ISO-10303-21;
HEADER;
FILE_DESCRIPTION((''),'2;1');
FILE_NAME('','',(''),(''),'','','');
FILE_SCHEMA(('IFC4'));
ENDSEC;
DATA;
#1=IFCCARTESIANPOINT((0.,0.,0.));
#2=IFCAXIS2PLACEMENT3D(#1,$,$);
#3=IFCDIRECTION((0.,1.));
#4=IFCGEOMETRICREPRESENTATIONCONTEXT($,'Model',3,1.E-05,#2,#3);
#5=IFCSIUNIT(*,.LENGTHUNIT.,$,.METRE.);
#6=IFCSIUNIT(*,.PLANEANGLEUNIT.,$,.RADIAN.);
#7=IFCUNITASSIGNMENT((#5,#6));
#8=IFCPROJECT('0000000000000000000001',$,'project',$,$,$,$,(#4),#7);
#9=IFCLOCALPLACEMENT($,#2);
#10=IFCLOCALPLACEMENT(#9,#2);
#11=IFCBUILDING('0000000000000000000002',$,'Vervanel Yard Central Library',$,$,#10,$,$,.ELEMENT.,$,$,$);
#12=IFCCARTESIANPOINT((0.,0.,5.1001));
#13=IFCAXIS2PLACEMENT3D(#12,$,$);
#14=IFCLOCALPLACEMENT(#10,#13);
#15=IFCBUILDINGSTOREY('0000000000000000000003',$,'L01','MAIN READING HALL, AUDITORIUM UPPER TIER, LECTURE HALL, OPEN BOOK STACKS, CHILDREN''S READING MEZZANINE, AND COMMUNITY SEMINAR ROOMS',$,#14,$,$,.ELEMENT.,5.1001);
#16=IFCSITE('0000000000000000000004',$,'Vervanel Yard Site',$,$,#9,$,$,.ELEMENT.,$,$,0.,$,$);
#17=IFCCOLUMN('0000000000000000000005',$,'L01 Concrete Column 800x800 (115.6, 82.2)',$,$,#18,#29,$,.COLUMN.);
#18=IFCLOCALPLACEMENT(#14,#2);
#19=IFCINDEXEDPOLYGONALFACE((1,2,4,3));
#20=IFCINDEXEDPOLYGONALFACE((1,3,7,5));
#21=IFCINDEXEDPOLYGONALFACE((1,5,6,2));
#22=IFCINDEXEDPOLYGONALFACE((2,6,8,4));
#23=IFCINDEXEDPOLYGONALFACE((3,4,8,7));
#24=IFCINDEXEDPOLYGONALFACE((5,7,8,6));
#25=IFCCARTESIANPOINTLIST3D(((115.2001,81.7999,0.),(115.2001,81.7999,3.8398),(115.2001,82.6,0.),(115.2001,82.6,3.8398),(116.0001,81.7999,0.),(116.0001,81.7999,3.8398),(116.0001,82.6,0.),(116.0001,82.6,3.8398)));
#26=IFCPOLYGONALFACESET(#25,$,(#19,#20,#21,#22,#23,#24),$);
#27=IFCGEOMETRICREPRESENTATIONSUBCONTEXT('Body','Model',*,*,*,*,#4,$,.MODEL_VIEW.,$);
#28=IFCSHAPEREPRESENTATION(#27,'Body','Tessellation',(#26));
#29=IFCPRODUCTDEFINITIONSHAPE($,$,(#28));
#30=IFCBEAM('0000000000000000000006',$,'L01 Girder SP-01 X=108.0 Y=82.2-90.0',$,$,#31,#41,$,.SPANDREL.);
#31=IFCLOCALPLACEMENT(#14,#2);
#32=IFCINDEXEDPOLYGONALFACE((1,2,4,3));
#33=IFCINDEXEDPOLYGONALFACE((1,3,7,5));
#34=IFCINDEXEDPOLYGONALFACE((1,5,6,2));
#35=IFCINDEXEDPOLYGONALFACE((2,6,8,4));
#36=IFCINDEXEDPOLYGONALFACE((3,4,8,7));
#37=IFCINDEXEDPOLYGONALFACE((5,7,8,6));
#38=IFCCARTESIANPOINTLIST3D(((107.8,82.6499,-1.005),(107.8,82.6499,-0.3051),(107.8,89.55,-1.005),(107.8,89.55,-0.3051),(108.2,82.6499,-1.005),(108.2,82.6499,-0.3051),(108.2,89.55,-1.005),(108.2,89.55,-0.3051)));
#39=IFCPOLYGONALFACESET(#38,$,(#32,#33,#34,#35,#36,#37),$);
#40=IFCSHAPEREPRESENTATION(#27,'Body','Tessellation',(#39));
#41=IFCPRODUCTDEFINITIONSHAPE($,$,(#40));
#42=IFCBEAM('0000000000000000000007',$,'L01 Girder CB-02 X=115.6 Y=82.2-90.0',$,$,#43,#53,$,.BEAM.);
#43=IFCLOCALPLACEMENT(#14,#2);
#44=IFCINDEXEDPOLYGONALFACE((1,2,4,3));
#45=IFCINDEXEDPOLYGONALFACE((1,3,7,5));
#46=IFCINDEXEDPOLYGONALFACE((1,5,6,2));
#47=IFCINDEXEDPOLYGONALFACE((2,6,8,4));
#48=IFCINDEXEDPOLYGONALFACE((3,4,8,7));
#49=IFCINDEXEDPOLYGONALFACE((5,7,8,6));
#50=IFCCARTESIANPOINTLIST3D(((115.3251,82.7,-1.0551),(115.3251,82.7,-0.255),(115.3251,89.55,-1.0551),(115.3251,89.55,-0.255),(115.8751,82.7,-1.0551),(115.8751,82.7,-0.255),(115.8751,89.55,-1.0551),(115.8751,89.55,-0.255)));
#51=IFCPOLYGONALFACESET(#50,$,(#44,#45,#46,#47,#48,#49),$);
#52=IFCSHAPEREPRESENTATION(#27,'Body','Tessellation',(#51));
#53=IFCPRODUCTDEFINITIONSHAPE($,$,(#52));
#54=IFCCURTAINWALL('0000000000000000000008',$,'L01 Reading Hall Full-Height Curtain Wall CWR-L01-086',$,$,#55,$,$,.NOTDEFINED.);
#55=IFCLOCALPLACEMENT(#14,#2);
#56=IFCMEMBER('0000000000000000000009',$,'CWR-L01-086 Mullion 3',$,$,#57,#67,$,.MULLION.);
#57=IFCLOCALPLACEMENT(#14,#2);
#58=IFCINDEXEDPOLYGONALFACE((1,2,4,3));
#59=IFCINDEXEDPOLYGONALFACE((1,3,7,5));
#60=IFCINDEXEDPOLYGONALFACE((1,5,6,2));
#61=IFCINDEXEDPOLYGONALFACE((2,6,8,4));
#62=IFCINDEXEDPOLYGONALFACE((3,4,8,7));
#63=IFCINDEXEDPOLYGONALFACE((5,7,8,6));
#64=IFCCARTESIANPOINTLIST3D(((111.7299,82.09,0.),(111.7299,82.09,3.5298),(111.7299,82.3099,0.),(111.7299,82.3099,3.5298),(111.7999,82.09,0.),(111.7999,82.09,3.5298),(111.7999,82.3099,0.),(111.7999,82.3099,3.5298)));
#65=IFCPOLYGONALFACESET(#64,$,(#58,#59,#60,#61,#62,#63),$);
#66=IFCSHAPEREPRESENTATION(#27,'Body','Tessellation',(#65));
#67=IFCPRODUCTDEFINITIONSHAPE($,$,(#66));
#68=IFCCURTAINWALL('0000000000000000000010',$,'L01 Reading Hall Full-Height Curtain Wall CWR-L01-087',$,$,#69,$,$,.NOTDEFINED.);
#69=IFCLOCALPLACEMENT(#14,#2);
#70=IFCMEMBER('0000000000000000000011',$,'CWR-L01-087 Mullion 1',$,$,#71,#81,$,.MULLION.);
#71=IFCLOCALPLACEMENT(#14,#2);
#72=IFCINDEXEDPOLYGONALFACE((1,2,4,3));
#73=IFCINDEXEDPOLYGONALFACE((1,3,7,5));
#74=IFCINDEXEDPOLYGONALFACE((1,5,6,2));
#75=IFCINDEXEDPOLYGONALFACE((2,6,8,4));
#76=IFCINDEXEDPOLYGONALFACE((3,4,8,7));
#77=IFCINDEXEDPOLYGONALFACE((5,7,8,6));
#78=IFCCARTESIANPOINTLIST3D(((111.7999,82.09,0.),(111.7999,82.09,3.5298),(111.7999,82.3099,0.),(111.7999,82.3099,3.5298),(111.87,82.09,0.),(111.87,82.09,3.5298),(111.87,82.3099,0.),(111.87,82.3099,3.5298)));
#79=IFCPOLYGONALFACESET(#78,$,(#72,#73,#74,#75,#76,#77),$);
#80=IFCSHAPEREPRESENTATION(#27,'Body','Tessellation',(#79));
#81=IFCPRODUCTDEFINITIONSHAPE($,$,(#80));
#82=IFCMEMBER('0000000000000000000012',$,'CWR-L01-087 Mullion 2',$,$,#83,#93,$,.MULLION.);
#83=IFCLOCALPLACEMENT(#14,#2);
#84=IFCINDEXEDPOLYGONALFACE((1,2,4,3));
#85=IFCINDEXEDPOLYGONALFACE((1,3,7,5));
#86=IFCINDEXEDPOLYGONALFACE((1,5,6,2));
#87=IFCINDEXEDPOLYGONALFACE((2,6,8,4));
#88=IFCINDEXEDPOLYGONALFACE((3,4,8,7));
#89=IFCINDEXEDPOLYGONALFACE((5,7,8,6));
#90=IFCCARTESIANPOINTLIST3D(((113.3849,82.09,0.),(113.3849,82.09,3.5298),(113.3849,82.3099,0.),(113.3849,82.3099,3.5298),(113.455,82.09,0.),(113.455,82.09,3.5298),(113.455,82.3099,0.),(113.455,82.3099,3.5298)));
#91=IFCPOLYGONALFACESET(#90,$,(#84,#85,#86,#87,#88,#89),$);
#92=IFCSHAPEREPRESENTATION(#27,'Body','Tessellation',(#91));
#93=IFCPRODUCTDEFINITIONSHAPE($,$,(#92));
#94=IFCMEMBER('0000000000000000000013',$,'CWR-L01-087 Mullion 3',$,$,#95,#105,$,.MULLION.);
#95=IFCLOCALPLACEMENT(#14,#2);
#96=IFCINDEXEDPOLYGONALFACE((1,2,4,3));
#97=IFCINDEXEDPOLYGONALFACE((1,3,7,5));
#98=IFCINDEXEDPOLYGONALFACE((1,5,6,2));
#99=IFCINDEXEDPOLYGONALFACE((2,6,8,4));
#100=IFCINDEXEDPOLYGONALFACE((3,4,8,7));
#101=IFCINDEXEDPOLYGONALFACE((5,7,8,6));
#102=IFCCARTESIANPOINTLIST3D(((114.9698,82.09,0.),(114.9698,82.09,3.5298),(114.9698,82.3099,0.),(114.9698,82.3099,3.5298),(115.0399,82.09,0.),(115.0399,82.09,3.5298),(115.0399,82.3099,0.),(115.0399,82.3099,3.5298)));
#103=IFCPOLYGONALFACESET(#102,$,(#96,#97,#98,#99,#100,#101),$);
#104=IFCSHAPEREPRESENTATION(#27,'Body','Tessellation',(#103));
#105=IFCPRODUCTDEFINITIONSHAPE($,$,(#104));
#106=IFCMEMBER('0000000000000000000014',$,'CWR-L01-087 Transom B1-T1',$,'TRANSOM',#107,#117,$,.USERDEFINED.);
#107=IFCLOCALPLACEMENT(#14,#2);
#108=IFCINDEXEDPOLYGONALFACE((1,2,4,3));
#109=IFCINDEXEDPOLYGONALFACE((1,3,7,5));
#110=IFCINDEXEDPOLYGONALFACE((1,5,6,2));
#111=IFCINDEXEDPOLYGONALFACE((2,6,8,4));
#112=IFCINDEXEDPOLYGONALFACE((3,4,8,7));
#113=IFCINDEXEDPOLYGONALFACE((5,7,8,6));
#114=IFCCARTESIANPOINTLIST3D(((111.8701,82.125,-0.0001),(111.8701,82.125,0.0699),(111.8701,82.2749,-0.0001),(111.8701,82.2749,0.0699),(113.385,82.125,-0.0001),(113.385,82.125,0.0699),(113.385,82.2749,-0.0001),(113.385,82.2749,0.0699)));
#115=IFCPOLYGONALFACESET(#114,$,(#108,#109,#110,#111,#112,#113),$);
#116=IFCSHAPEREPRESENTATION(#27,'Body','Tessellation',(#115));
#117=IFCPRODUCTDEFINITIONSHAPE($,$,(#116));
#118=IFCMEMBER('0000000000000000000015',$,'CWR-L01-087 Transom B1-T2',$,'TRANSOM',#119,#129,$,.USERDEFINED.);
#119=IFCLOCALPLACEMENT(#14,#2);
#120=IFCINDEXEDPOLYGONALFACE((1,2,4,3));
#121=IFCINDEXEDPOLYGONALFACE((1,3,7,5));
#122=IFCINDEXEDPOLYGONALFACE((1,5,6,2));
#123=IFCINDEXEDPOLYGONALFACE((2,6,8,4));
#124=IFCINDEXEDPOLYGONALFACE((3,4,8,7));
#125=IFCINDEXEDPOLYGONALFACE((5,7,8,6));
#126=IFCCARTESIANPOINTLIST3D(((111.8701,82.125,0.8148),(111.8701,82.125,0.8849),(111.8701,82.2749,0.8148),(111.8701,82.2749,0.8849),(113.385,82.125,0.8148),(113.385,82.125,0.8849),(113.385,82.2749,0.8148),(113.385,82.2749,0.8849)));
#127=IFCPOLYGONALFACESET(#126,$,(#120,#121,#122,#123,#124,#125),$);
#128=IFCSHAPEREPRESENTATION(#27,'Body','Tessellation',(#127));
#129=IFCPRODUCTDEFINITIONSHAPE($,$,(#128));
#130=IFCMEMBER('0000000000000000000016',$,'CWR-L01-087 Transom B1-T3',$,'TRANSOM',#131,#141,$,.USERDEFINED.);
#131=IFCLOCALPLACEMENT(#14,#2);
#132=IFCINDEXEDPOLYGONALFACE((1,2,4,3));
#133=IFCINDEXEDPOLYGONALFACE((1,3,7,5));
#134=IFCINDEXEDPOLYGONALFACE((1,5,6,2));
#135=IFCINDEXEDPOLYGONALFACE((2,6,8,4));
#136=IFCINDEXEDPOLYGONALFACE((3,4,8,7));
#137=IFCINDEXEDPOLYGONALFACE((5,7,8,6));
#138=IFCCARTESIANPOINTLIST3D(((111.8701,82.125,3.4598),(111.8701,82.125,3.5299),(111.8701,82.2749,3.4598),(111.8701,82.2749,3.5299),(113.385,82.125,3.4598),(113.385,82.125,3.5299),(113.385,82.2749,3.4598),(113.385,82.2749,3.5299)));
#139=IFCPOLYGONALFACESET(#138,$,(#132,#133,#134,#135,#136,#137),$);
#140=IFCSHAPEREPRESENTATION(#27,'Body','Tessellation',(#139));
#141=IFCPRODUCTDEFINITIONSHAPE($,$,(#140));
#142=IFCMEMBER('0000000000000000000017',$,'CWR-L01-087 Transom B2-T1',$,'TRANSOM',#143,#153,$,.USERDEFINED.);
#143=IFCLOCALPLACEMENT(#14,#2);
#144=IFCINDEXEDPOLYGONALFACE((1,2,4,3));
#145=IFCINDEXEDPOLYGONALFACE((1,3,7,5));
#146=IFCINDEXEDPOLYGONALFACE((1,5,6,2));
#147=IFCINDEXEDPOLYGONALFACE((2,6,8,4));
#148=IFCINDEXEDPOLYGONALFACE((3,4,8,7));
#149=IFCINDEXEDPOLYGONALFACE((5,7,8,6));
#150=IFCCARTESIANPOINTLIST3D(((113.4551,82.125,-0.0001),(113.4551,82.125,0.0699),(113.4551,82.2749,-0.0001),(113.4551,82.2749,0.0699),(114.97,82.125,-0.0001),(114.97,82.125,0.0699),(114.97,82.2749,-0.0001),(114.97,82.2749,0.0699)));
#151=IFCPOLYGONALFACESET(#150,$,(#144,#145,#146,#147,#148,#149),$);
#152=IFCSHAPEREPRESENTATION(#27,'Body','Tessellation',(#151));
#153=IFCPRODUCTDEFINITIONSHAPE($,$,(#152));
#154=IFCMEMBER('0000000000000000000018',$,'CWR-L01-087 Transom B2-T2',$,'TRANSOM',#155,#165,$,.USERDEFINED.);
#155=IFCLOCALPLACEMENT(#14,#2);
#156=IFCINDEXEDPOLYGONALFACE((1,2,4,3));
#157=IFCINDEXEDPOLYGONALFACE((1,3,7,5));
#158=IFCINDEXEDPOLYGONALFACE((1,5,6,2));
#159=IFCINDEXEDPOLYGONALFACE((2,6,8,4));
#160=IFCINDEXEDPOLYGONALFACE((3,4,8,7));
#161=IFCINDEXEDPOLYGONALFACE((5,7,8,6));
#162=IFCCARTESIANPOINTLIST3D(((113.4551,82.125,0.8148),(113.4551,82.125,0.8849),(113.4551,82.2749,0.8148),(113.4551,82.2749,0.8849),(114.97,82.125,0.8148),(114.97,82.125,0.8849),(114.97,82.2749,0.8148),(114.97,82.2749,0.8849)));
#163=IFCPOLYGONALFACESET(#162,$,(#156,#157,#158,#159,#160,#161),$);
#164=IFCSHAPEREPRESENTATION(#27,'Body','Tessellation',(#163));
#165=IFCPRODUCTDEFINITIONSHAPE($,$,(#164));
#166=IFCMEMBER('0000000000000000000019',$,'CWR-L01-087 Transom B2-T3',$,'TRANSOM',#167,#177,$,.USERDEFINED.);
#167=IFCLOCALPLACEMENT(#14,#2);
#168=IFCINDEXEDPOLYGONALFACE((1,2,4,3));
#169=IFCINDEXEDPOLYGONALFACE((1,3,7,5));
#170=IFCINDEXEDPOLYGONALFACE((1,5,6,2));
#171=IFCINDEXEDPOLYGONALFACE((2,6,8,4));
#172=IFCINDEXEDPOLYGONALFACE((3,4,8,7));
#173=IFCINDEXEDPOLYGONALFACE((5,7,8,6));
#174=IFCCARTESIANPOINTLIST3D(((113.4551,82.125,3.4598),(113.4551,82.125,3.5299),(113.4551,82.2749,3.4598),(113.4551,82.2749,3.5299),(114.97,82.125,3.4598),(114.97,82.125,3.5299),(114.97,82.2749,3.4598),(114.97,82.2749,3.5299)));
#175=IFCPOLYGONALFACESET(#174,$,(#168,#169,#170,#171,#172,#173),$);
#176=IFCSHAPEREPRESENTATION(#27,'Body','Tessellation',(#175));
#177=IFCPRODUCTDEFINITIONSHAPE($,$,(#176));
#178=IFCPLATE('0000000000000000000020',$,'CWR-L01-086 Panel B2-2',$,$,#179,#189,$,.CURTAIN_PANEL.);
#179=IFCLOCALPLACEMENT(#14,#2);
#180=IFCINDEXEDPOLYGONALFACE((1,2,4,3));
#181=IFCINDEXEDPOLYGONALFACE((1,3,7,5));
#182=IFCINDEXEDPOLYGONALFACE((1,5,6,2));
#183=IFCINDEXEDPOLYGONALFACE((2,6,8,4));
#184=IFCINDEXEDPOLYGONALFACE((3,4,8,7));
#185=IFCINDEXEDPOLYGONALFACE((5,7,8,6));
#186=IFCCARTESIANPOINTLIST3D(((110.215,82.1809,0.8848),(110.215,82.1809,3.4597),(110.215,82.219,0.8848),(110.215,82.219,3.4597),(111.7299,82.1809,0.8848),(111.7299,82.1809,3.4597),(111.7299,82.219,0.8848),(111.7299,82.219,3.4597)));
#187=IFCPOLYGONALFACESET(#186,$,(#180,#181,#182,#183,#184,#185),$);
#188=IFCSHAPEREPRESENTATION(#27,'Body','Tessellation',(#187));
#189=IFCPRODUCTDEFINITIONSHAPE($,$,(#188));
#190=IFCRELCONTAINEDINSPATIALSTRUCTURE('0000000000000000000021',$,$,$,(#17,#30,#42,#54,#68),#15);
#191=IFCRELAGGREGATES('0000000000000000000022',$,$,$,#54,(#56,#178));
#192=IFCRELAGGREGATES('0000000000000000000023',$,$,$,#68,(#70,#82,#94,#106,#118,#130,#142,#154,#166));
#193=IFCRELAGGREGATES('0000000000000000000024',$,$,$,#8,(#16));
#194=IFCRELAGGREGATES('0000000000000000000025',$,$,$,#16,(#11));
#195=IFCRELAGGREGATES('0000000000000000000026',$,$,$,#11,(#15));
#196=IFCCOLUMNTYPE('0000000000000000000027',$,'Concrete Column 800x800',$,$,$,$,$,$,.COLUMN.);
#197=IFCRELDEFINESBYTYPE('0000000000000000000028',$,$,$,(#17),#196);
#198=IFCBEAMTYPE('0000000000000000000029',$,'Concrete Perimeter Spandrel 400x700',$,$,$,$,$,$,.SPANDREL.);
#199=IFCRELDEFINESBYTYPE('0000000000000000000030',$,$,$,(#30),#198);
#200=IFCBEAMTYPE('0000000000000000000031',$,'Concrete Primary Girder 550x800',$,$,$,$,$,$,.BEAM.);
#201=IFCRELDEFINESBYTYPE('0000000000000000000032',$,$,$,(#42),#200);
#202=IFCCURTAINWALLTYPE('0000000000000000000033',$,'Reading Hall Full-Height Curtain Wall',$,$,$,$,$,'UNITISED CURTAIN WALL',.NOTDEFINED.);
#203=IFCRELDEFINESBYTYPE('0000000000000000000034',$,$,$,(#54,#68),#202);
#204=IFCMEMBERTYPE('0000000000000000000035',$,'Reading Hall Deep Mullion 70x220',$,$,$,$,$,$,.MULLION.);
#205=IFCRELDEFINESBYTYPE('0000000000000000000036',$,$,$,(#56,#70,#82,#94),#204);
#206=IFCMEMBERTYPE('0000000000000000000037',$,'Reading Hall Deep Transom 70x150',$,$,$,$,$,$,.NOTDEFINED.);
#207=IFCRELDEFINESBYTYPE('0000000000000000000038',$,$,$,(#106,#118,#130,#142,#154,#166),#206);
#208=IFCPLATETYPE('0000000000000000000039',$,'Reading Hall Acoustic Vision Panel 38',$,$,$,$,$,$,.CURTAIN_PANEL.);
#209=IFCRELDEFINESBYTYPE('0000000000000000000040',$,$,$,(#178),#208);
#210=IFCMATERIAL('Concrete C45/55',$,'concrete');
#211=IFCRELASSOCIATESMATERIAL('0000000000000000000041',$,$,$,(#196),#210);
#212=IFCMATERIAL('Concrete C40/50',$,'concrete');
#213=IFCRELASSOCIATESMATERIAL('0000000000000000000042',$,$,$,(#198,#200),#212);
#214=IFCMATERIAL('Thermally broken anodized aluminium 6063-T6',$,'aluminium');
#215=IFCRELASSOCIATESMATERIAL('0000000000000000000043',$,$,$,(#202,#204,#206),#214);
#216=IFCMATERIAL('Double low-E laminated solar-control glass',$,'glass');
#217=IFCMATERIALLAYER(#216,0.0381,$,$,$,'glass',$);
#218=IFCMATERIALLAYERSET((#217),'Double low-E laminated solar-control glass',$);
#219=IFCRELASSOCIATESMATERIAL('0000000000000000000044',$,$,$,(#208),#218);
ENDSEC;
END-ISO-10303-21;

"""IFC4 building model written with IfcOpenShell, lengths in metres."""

from ifc_helpers import new_model, si_unit, direction, frame, origin, origin_2d, place, context, subcontext, project, spatial, rectangle, extrude, material, layer, layer_set, material_profile, profile_set, type_object, element, aggregate, save


model = new_model("IFC4")

# Units and contexts
model_context = context("Model", 3, precision=1e-05, world=origin(), true_north=direction((0.0, 1.0)))
body_context = subcontext(model_context, "Body", "Model", "MODEL_VIEW")
ifc_project = project(units=[si_unit("LENGTHUNIT", "METRE"), si_unit("PLANEANGLEUNIT", "RADIAN")], contexts=[model_context])

# Site, building, storey
site_placement = place(None, origin())
site = spatial("IfcSite", under=ifc_project, at=site_placement, Name="Vervanel Yard Site", CompositionType="ELEMENT", RefElevation=0.0)
building_placement = place(site_placement, origin())
building = spatial("IfcBuilding", under=site, at=building_placement, Name="Vervanel Yard Central Library", CompositionType="ELEMENT")
storey_placement = place(building_placement, frame((0.0, 0.0, 5.1001)))
storey = spatial("IfcBuildingStorey", under=building, at=storey_placement, Name="L01", Description="MAIN READING HALL, AUDITORIUM UPPER TIER, LECTURE HALL, OPEN BOOK STACKS, CHILDREN'S READING MEZZANINE, AND COMMUNITY SEMINAR ROOMS", CompositionType="ELEMENT", Elevation=5.1001)

# Column
ifc_material_1 = material(Name="Concrete C45/55", Category="concrete")
ifc_material_profile_1 = material_profile(ifc_material_1, rectangle(XDim=0.8, YDim=0.8, at=origin_2d()), Name="RC 800x800", Category="concrete")
ifc_profile_set_1 = profile_set([ifc_material_profile_1], Name="Concrete C45/55")
column_type = type_object("IfcColumnType", Name="Concrete Column 800x800", PredefinedType="COLUMN", material=ifc_profile_set_1)
column_placement = place(storey_placement, frame((115.6001, 82.2, 0.0), z_axis=(0.0, 0.0, 1.0), x_axis=(1.0, 0.0, 0.0)))
element("IfcColumn", 1, at=column_placement, inside=storey, type_object=column_type, Name="L01 Concrete Column 800x800 (115.6, 82.2)", PredefinedType="COLUMN", context=body_context, shape_type="SweptSolid", body=[
    extrude(rectangle(XDim=0.8, YDim=0.8, at=origin_2d()), origin(), (0.0, 0.0, 1.0), 3.8398),
])

# Beams
ifc_material_2 = material(Name="Concrete C40/50", Category="concrete")
ifc_material_profile_2 = material_profile(ifc_material_2, rectangle(XDim=0.3999, YDim=0.7, at=origin_2d()), Name="RC 400x700", Category="concrete")
ifc_profile_set_2 = profile_set([ifc_material_profile_2], Name="Concrete C40/50")
beam_type_1 = type_object("IfcBeamType", Name="Concrete Perimeter Spandrel 400x700", PredefinedType="SPANDREL", material=ifc_profile_set_2)
beam_1_placement = place(storey_placement, frame((108.0, 82.6499, -0.655), z_axis=(0.0, 1.0, 0.0), x_axis=(-1.0, 0.0, 0.0)))
element("IfcBeam", 2, at=beam_1_placement, inside=storey, type_object=beam_type_1, Name="L01 Girder SP-01 X=108.0 Y=82.2-90.0", PredefinedType="SPANDREL", context=body_context, shape_type="SweptSolid", body=[
    extrude(rectangle(XDim=0.3999, YDim=0.7, at=origin_2d()), origin(), (0.0, 0.0, 1.0), 6.9001),
])
ifc_material_profile_3 = material_profile(ifc_material_2, rectangle(XDim=0.55, YDim=0.8, at=origin_2d()), Name="RC 550x800", Category="concrete")
ifc_profile_set_3 = profile_set([ifc_material_profile_3], Name="Concrete C40/50")
beam_type_2 = type_object("IfcBeamType", Name="Concrete Primary Girder 550x800", PredefinedType="BEAM", material=ifc_profile_set_3)
beam_2_placement = place(storey_placement, frame((115.6001, 82.7, -0.655), z_axis=(0.0, 1.0, 0.0), x_axis=(-1.0, 0.0, 0.0)))
element("IfcBeam", 3, at=beam_2_placement, inside=storey, type_object=beam_type_2, Name="L01 Girder CB-02 X=115.6 Y=82.2-90.0", PredefinedType="BEAM", context=body_context, shape_type="SweptSolid", body=[
    extrude(rectangle(XDim=0.55, YDim=0.8, at=origin_2d()), origin(), (0.0, 0.0, 1.0), 6.8501),
])

# Curtain wall, member
ifc_material_3 = material(Name="Thermally broken anodized aluminium 6063-T6", Category="aluminium")
curtain_wall_type = type_object("IfcCurtainWallType", Name="Reading Hall Full-Height Curtain Wall", ElementType="UNITISED CURTAIN WALL", PredefinedType="NOTDEFINED", material=ifc_material_3)
curtain_wall_1_placement = place(storey_placement, origin())
curtain_wall_1 = element("IfcCurtainWall", 4, at=curtain_wall_1_placement, inside=storey, type_object=curtain_wall_type, Name="L01 Reading Hall Full-Height Curtain Wall CWR-L01-086", PredefinedType="NOTDEFINED")
ifc_material_profile_4 = material_profile(ifc_material_3, rectangle(XDim=0.0701, YDim=0.22, at=origin_2d()), Name="ALU 70x220", Category="aluminium")
ifc_profile_set_4 = profile_set([ifc_material_profile_4], Name="Thermally broken anodized aluminium 6063-T6")
member_type_1 = type_object("IfcMemberType", Name="Reading Hall Deep Mullion 70x220", PredefinedType="MULLION", material=ifc_profile_set_4)
member_1_placement = place(storey_placement, frame((111.7649, 82.2, 0.0), z_axis=(0.0, 0.0, 1.0), x_axis=(1.0, 0.0, 0.0)))
member_1 = element("IfcMember", 5, at=member_1_placement, type_object=member_type_1, Name="CWR-L01-086 Mullion 3", PredefinedType="MULLION", context=body_context, shape_type="SweptSolid", body=[
    extrude(rectangle(XDim=0.0701, YDim=0.22, at=origin_2d()), origin(), (0.0, 0.0, 1.0), 3.5298),
])

# Curtain wall, members
curtain_wall_2_placement = place(storey_placement, origin())
curtain_wall_2 = element("IfcCurtainWall", 6, at=curtain_wall_2_placement, inside=storey, type_object=curtain_wall_type, Name="L01 Reading Hall Full-Height Curtain Wall CWR-L01-087", PredefinedType="NOTDEFINED")
member_2_placement = place(storey_placement, frame((111.835, 82.2, 0.0), z_axis=(0.0, 0.0, 1.0), x_axis=(1.0, 0.0, 0.0)))
member_2 = element("IfcMember", 7, at=member_2_placement, type_object=member_type_1, Name="CWR-L01-087 Mullion 1", PredefinedType="MULLION", context=body_context, shape_type="SweptSolid", body=[
    extrude(rectangle(XDim=0.0701, YDim=0.22, at=origin_2d()), origin(), (0.0, 0.0, 1.0), 3.5298),
])
member_3_placement = place(storey_placement, frame((113.4199, 82.2, 0.0), z_axis=(0.0, 0.0, 1.0), x_axis=(1.0, 0.0, 0.0)))
member_3 = element("IfcMember", 8, at=member_3_placement, type_object=member_type_1, Name="CWR-L01-087 Mullion 2", PredefinedType="MULLION", context=body_context, shape_type="SweptSolid", body=[
    extrude(rectangle(XDim=0.0701, YDim=0.22, at=origin_2d()), origin(), (0.0, 0.0, 1.0), 3.5298),
])
member_4_placement = place(storey_placement, frame((115.0049, 82.2, 0.0), z_axis=(0.0, 0.0, 1.0), x_axis=(1.0, 0.0, 0.0)))
member_4 = element("IfcMember", 9, at=member_4_placement, type_object=member_type_1, Name="CWR-L01-087 Mullion 3", PredefinedType="MULLION", context=body_context, shape_type="SweptSolid", body=[
    extrude(rectangle(XDim=0.0701, YDim=0.22, at=origin_2d()), origin(), (0.0, 0.0, 1.0), 3.5298),
])
ifc_material_profile_5 = material_profile(ifc_material_3, rectangle(XDim=0.0701, YDim=0.1499, at=origin_2d()), Name="ALU 70x150", Category="aluminium")
ifc_profile_set_5 = profile_set([ifc_material_profile_5], Name="Thermally broken anodized aluminium 6063-T6")
member_type_2 = type_object("IfcMemberType", Name="Reading Hall Deep Transom 70x150", PredefinedType="NOTDEFINED", material=ifc_profile_set_5)
member_5_placement = place(storey_placement, frame((111.8701, 82.2, 0.0349), z_axis=(1.0, 0.0, 0.0), x_axis=(0.0, 0.0, 1.0)))
member_5 = element("IfcMember", 10, at=member_5_placement, type_object=member_type_2, Name="CWR-L01-087 Transom B1-T1", ObjectType="TRANSOM", PredefinedType="USERDEFINED", context=body_context, shape_type="SweptSolid", body=[
    extrude(rectangle(XDim=0.0701, YDim=0.1499, at=origin_2d()), origin(), (0.0, 0.0, 1.0), 1.5149),
])
member_6_placement = place(storey_placement, frame((111.8701, 82.2, 0.8499), z_axis=(1.0, 0.0, 0.0), x_axis=(0.0, 0.0, 1.0)))
member_6 = element("IfcMember", 11, at=member_6_placement, type_object=member_type_2, Name="CWR-L01-087 Transom B1-T2", ObjectType="TRANSOM", PredefinedType="USERDEFINED", context=body_context, shape_type="SweptSolid", body=[
    extrude(rectangle(XDim=0.0701, YDim=0.1499, at=origin_2d()), origin(), (0.0, 0.0, 1.0), 1.5149),
])
member_7_placement = place(storey_placement, frame((111.8701, 82.2, 3.4949), z_axis=(1.0, 0.0, 0.0), x_axis=(0.0, 0.0, 1.0)))
member_7 = element("IfcMember", 12, at=member_7_placement, type_object=member_type_2, Name="CWR-L01-087 Transom B1-T3", ObjectType="TRANSOM", PredefinedType="USERDEFINED", context=body_context, shape_type="SweptSolid", body=[
    extrude(rectangle(XDim=0.0701, YDim=0.1499, at=origin_2d()), origin(), (0.0, 0.0, 1.0), 1.5149),
])
member_8_placement = place(storey_placement, frame((113.4551, 82.2, 0.0349), z_axis=(1.0, 0.0, 0.0), x_axis=(0.0, 0.0, 1.0)))
member_8 = element("IfcMember", 13, at=member_8_placement, type_object=member_type_2, Name="CWR-L01-087 Transom B2-T1", ObjectType="TRANSOM", PredefinedType="USERDEFINED", context=body_context, shape_type="SweptSolid", body=[
    extrude(rectangle(XDim=0.0701, YDim=0.1499, at=origin_2d()), origin(), (0.0, 0.0, 1.0), 1.5149),
])
member_9_placement = place(storey_placement, frame((113.4551, 82.2, 0.8499), z_axis=(1.0, 0.0, 0.0), x_axis=(0.0, 0.0, 1.0)))
member_9 = element("IfcMember", 14, at=member_9_placement, type_object=member_type_2, Name="CWR-L01-087 Transom B2-T2", ObjectType="TRANSOM", PredefinedType="USERDEFINED", context=body_context, shape_type="SweptSolid", body=[
    extrude(rectangle(XDim=0.0701, YDim=0.1499, at=origin_2d()), origin(), (0.0, 0.0, 1.0), 1.5149),
])
member_10_placement = place(storey_placement, frame((113.4551, 82.2, 3.4949), z_axis=(1.0, 0.0, 0.0), x_axis=(0.0, 0.0, 1.0)))
member_10 = element("IfcMember", 15, at=member_10_placement, type_object=member_type_2, Name="CWR-L01-087 Transom B2-T3", ObjectType="TRANSOM", PredefinedType="USERDEFINED", context=body_context, shape_type="SweptSolid", body=[
    extrude(rectangle(XDim=0.0701, YDim=0.1499, at=origin_2d()), origin(), (0.0, 0.0, 1.0), 1.5149),
])

# Plate
ifc_material_4 = material(Name="Double low-E laminated solar-control glass", Category="glass")
ifc_layer_1 = layer(ifc_material_4, 0.0381, Category="glass")
ifc_layer_set_1 = layer_set([ifc_layer_1], Name="Double low-E laminated solar-control glass")
plate_type_1 = type_object("IfcPlateType", Name="Reading Hall Acoustic Vision Panel 38", PredefinedType="CURTAIN_PANEL", material=ifc_layer_set_1)
plate_1_placement = place(storey_placement, frame((110.9724, 82.2, 0.8848), z_axis=(0.0, 0.0, 1.0), x_axis=(1.0, 0.0, 0.0)))
plate_1 = element("IfcPlate", 16, at=plate_1_placement, type_object=plate_type_1, Name="CWR-L01-086 Panel B2-2", PredefinedType="CURTAIN_PANEL", context=body_context, shape_type="SweptSolid", body=[
    extrude(rectangle(XDim=1.5149, YDim=0.0381, at=origin_2d()), origin(), (0.0, 0.0, 1.0), 2.575),
])
aggregate(curtain_wall_1, [member_1, plate_1])
aggregate(curtain_wall_2, [member_2, member_3, member_4, member_5, member_6, member_7, member_8, member_9, member_10])

save(model, "model.ifc")
